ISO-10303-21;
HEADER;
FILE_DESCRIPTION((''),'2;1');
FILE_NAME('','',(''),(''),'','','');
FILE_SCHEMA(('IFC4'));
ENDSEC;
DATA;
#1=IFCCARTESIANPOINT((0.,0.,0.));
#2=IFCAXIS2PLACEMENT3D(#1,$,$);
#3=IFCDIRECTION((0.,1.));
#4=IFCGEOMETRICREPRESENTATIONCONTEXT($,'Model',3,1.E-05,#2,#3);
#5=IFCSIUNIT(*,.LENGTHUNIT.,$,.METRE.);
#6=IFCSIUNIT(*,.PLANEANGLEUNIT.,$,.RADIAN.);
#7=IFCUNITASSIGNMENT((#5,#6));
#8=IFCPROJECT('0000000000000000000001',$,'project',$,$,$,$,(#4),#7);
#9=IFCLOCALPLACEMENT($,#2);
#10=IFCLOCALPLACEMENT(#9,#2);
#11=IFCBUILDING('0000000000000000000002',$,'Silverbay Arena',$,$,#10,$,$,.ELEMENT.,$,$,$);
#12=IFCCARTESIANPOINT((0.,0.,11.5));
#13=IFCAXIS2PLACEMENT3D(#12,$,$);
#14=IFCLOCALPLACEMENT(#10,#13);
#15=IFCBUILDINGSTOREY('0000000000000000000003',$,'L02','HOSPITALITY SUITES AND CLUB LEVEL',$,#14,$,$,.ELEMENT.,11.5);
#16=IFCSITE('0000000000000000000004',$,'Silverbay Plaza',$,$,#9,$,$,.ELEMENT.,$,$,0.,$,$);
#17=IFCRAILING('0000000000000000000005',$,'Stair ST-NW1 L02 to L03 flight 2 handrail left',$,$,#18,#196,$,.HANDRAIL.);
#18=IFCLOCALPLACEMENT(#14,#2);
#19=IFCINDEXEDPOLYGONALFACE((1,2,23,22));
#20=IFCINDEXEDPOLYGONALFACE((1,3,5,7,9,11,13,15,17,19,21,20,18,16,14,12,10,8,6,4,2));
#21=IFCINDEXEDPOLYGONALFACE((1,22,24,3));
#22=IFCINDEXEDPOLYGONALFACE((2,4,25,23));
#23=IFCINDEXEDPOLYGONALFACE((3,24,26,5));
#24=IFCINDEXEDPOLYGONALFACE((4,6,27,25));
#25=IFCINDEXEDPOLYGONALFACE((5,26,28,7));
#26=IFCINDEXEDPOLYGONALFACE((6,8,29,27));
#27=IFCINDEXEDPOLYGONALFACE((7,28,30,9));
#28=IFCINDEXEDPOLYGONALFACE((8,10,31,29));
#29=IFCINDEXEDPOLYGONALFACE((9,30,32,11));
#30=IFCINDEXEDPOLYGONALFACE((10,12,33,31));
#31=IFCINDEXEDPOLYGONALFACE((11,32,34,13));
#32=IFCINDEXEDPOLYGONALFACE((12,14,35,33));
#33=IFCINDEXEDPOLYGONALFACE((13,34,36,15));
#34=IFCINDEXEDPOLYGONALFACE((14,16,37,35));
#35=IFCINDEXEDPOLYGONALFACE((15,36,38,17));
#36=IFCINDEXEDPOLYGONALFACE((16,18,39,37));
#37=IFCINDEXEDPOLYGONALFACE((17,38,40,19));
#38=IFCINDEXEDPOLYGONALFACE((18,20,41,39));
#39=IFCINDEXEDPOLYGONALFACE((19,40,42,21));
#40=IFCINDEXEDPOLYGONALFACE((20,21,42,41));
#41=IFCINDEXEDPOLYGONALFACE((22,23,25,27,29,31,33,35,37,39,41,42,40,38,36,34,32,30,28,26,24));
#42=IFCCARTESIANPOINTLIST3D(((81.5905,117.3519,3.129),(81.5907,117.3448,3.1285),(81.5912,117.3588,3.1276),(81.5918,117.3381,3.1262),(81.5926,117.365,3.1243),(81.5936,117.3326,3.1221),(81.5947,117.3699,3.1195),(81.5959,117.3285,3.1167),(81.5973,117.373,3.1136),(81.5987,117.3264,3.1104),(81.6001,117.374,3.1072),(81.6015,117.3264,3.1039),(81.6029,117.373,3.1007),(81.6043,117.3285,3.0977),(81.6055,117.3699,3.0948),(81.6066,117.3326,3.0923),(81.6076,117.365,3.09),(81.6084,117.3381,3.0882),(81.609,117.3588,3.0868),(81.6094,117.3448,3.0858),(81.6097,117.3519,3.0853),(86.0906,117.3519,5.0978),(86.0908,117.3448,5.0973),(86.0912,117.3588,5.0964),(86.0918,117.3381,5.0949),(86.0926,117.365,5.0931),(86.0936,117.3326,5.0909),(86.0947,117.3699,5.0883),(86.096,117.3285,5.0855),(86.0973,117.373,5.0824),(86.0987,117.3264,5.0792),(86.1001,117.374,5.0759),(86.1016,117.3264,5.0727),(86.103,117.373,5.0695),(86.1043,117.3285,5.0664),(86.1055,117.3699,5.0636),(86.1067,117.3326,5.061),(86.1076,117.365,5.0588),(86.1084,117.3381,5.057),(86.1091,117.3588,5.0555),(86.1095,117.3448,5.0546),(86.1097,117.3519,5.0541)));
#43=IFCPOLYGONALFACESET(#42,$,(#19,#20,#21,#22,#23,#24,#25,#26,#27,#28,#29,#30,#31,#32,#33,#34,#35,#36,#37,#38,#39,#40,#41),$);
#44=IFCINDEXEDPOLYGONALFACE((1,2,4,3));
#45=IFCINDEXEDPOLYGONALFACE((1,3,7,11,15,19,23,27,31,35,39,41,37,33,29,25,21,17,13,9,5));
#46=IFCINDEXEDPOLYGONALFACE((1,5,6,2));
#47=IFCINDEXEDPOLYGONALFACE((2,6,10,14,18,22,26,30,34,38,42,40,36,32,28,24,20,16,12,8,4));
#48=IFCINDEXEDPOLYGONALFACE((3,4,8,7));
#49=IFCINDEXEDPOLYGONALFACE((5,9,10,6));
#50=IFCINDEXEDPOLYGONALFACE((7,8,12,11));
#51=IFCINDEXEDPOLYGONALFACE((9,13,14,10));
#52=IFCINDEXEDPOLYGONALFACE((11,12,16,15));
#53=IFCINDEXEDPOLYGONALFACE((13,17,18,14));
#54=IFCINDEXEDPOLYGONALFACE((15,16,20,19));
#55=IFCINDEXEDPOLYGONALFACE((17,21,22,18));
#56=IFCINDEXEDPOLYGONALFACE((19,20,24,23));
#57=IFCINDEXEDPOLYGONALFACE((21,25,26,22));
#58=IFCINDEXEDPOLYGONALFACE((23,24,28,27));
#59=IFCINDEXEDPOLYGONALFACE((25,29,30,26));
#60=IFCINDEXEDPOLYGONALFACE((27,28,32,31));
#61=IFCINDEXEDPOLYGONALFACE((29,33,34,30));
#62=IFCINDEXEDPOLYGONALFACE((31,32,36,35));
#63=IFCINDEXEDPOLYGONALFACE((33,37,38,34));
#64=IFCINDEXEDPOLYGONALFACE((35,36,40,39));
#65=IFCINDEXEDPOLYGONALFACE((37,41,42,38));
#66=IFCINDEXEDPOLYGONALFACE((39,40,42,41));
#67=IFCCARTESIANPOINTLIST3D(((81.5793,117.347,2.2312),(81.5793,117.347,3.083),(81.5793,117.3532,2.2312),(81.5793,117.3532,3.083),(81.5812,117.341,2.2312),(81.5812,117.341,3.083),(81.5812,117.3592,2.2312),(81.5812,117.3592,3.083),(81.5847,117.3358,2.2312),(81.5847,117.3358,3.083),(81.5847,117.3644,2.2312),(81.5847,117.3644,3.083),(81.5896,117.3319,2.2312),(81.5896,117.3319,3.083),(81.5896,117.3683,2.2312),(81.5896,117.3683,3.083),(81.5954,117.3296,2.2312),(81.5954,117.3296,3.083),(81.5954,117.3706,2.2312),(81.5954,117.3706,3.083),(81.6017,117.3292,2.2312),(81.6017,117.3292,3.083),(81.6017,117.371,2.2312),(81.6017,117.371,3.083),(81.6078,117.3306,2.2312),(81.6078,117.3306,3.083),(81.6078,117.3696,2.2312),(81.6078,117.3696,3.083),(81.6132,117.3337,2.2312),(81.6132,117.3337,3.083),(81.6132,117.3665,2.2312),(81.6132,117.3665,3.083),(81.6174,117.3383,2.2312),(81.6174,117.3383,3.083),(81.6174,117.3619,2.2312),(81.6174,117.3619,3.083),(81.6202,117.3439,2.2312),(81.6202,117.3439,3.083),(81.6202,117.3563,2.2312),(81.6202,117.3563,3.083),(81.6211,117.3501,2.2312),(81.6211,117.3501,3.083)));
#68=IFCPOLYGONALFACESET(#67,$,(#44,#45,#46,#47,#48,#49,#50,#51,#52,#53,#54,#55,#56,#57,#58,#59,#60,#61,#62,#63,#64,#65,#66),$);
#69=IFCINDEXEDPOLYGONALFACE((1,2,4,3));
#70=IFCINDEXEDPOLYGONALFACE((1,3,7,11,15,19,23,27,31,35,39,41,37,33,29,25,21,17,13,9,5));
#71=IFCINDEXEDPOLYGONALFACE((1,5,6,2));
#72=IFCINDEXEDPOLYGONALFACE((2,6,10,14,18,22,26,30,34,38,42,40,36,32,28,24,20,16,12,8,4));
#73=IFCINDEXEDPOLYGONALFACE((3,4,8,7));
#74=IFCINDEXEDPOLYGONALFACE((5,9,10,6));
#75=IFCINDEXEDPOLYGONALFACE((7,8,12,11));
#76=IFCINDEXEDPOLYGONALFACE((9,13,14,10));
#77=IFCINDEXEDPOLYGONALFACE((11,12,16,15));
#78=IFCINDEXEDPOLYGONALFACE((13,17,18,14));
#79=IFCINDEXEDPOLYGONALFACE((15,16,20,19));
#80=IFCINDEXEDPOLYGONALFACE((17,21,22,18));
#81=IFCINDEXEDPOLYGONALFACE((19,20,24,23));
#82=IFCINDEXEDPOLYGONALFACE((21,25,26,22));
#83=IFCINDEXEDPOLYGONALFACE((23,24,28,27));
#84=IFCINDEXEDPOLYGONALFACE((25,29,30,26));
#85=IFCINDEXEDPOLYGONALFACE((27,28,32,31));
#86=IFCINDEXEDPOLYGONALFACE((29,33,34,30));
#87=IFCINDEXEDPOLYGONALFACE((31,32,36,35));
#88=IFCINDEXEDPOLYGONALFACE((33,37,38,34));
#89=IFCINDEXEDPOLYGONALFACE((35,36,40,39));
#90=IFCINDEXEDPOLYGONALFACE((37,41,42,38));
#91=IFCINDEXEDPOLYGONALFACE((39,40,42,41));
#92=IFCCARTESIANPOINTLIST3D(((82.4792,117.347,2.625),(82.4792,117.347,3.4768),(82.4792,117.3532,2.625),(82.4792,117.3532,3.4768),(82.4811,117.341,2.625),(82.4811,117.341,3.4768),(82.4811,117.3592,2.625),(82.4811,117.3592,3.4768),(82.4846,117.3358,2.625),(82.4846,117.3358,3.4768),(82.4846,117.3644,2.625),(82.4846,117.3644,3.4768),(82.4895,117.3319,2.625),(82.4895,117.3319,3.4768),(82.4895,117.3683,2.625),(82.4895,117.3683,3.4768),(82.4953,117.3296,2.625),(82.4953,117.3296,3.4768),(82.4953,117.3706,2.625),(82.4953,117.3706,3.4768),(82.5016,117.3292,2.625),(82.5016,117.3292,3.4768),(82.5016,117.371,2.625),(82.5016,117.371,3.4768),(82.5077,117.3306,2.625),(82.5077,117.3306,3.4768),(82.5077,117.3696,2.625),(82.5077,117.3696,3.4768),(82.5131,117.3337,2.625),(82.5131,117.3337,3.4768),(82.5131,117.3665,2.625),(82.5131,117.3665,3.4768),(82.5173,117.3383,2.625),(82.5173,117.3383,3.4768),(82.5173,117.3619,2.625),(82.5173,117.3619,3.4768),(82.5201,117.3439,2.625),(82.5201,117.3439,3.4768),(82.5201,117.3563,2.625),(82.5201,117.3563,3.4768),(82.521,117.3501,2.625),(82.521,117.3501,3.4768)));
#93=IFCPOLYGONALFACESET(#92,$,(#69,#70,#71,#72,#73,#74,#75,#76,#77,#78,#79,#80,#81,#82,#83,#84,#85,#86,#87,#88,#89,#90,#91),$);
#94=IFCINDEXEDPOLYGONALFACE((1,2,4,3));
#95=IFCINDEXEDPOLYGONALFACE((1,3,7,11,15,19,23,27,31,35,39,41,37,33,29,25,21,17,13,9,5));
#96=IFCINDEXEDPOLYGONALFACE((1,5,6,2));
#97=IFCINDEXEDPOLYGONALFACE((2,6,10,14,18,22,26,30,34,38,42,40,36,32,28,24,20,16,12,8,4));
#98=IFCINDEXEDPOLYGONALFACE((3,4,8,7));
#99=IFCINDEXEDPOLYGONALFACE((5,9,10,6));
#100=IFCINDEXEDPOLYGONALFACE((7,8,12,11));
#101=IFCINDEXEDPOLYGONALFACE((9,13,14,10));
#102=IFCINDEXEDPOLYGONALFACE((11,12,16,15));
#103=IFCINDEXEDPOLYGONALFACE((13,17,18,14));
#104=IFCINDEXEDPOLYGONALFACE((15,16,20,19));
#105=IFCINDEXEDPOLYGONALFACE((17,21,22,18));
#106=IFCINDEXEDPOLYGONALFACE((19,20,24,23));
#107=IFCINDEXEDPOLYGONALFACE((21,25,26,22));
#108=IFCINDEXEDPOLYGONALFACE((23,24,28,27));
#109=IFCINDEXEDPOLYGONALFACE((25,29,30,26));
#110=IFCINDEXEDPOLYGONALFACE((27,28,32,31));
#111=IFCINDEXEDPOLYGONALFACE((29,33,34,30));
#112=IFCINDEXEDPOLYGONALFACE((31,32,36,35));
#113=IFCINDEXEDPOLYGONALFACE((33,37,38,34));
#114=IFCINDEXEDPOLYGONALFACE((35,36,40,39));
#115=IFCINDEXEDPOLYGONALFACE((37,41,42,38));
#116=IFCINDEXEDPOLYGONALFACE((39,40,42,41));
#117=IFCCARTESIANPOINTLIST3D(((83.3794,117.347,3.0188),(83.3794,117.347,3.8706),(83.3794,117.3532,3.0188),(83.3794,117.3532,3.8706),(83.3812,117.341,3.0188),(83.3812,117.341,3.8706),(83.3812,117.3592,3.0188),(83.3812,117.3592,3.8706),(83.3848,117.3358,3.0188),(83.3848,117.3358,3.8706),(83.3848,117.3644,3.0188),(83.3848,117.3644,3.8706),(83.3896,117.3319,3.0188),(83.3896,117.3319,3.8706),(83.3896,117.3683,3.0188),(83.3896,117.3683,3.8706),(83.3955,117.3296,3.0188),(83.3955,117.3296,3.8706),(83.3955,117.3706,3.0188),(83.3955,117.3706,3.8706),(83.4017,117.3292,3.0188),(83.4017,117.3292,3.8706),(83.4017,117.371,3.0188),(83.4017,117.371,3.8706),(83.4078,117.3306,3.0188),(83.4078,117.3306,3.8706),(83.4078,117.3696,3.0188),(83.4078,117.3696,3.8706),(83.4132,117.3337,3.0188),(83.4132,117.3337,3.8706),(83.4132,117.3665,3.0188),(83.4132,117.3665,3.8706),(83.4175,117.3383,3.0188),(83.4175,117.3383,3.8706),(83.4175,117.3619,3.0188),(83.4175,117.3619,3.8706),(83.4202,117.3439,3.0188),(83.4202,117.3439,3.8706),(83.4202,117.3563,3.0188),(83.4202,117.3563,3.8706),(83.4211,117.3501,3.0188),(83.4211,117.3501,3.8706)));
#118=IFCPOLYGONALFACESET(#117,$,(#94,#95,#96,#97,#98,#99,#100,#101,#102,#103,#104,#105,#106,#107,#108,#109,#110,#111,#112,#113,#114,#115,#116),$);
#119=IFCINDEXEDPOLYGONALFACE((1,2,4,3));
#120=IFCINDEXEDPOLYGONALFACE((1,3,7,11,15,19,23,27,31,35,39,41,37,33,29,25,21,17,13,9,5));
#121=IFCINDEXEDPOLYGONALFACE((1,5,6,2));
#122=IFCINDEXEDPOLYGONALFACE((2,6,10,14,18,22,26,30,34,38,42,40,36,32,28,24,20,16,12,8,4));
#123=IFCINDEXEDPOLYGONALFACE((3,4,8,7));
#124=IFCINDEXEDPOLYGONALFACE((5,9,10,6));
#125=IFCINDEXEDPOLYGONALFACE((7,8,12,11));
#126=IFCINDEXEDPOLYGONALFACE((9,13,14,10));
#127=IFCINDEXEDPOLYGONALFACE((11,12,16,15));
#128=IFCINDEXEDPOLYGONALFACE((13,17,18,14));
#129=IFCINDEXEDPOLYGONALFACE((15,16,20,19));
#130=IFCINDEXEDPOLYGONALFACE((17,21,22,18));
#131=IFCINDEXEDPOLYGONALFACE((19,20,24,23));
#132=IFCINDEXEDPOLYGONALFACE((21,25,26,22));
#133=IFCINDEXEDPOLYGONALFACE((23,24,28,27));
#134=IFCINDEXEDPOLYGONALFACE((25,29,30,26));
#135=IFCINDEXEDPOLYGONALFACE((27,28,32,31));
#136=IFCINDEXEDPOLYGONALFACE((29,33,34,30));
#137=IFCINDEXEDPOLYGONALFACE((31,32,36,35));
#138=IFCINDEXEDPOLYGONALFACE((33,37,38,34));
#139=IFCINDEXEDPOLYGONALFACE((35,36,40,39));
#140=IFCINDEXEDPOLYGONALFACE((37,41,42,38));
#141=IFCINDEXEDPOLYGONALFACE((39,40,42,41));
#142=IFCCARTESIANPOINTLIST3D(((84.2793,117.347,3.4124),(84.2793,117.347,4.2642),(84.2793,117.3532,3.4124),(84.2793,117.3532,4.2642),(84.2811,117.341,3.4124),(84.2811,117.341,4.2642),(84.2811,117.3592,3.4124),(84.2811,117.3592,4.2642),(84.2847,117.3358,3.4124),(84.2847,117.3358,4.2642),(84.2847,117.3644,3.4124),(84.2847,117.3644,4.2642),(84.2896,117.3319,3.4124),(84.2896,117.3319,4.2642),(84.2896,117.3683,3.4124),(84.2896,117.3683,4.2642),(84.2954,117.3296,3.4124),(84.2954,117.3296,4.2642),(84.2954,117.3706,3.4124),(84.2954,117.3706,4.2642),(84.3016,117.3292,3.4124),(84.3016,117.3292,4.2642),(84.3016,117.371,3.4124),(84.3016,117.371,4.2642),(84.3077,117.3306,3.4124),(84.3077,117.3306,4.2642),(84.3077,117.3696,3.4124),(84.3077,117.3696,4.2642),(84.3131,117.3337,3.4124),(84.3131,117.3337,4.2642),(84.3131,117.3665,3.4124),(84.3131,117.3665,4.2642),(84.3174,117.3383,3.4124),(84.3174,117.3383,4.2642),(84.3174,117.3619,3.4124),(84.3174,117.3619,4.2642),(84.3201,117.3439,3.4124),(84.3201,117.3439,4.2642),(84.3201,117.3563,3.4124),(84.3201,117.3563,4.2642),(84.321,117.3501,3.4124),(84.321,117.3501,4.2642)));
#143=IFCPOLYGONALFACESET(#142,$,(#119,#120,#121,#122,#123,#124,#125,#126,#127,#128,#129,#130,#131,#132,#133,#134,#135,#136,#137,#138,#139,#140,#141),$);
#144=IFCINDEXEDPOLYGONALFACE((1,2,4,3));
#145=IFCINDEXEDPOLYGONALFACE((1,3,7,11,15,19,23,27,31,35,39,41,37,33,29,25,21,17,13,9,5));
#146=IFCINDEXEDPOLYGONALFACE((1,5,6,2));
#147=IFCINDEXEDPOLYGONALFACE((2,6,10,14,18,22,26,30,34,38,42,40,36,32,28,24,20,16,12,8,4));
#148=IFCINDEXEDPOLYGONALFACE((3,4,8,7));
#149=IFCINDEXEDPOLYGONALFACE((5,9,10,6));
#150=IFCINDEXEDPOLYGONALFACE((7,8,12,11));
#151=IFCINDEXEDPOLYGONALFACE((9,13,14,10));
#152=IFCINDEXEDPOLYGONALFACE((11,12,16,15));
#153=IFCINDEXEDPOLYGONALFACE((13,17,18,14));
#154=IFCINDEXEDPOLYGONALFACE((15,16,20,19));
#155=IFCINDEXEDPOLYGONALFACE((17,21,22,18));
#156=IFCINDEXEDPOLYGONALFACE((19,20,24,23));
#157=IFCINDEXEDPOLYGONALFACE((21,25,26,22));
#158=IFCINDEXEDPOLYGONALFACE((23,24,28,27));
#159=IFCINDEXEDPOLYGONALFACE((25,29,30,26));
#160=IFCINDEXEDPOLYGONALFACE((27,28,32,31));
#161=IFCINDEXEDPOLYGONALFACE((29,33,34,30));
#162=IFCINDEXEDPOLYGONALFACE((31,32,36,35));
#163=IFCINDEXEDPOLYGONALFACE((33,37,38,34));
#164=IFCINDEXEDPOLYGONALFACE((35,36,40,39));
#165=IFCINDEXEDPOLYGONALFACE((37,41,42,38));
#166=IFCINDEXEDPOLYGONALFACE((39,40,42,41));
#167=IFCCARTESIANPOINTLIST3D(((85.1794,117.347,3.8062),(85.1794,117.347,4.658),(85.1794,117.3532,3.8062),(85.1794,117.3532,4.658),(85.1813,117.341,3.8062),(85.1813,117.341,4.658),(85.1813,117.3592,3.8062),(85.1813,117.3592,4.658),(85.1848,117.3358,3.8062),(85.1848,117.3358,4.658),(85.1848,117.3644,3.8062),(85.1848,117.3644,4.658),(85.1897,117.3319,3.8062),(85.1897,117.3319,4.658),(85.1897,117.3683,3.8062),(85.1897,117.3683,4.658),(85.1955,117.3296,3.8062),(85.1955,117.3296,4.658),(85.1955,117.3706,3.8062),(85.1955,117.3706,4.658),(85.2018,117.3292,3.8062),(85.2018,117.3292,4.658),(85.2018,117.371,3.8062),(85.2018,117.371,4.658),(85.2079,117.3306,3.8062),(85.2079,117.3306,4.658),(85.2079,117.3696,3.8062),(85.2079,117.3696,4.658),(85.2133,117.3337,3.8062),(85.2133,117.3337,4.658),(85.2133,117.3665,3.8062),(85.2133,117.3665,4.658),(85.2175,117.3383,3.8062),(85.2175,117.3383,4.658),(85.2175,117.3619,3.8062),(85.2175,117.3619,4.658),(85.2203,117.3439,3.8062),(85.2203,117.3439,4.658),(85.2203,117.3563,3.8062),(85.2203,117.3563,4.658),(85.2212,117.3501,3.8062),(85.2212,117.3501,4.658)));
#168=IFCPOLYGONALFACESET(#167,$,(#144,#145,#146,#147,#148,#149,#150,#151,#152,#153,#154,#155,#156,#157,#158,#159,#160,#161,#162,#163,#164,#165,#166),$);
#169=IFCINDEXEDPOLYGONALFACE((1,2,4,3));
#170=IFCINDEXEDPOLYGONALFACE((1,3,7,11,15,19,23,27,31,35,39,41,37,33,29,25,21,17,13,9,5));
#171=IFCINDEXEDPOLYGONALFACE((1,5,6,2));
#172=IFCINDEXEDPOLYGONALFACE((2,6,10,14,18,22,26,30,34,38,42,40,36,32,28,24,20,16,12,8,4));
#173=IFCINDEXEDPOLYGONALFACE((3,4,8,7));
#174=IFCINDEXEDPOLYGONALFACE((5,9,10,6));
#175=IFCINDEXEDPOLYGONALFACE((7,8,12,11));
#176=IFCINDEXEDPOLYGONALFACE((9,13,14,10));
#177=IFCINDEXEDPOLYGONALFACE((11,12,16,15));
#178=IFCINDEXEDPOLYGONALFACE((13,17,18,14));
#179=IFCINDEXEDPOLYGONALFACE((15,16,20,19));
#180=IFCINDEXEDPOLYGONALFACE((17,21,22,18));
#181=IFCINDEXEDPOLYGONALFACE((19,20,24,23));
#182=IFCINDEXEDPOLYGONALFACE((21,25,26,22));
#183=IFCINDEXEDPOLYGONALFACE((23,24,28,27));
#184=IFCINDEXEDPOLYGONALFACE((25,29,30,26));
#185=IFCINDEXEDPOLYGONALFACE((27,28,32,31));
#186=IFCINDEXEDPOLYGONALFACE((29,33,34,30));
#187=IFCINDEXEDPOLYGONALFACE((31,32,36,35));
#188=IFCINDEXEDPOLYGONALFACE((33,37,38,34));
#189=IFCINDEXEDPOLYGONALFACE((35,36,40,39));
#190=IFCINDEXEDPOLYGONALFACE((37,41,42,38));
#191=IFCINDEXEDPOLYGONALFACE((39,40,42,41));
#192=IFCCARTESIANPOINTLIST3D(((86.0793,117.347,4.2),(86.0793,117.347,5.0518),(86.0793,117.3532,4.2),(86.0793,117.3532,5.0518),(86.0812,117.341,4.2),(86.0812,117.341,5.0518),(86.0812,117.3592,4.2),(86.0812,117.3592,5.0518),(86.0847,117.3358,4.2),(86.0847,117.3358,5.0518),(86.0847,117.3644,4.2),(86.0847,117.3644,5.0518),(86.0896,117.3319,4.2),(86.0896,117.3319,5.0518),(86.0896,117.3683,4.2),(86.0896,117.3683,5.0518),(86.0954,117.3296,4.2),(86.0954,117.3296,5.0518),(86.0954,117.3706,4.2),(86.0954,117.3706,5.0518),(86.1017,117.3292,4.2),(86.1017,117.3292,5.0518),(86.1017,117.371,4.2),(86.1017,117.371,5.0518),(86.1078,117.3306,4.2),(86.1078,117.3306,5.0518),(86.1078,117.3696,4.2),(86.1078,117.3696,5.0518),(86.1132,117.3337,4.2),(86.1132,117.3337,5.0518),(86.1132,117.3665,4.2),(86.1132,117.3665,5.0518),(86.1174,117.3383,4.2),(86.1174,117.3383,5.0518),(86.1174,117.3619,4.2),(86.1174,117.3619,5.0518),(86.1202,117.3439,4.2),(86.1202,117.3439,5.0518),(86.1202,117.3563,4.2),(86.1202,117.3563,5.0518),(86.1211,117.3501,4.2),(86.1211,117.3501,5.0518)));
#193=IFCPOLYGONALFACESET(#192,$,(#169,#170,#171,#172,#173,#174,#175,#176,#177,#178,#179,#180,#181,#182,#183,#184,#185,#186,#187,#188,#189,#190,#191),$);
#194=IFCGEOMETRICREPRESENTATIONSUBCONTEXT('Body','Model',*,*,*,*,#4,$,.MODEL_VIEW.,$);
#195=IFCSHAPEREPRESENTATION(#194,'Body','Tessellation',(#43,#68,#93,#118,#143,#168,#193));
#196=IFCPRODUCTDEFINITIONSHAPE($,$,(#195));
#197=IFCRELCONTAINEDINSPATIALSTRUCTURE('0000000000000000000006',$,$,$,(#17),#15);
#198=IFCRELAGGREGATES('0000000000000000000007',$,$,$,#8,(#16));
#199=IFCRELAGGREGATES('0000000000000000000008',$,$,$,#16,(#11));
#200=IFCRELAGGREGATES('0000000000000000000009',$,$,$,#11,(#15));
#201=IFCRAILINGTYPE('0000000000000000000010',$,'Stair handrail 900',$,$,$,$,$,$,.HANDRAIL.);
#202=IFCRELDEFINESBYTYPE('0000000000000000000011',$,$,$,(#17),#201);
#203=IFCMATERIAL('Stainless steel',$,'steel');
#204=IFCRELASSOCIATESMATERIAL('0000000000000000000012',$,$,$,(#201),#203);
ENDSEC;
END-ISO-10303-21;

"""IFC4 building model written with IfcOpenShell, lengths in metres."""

from ifc_helpers import new_model, si_unit, direction, frame, origin, origin_2d, place, context, subcontext, project, spatial, circle, extrude, material, type_object, element, save


model = new_model("IFC4")

# Units and contexts
model_context = context("Model", 3, precision=1e-05, world=origin(), true_north=direction((0.0, 1.0)))
body_context = subcontext(model_context, "Body", "Model", "MODEL_VIEW")
ifc_project = project(units=[si_unit("LENGTHUNIT", "METRE"), si_unit("PLANEANGLEUNIT", "RADIAN")], contexts=[model_context])

# Site, building, storey
site_placement = place(None, origin())
site = spatial("IfcSite", under=ifc_project, at=site_placement, Name="Silverbay Plaza", CompositionType="ELEMENT", RefElevation=0.0)
building_placement = place(site_placement, origin())
building = spatial("IfcBuilding", under=site, at=building_placement, Name="Silverbay Arena", CompositionType="ELEMENT")
storey_placement = place(building_placement, frame((0.0, 0.0, 11.5)))
storey = spatial("IfcBuildingStorey", under=building, at=storey_placement, Name="L02", Description="HOSPITALITY SUITES AND CLUB LEVEL", CompositionType="ELEMENT", Elevation=11.5)

# Railing
ifc_material_1 = material(Name="Stainless steel", Category="steel")
railing_type_1 = type_object("IfcRailingType", Name="Stair handrail 900", PredefinedType="HANDRAIL", material=ifc_material_1)
for number, where, name in (
    (1, (81.6001, 117.3501, 2.2312), "Stair ST-NW1 L02 to L03 flight 2 handrail left"),
):
    element("IfcRailing", number, at=place(storey_placement, frame(where)), inside=storey, type_object=railing_type_1, Name=name, PredefinedType="HANDRAIL", context=body_context, shape_type="SweptSolid", body=[
        extrude(circle(Radius=0.0239, at=origin_2d()), frame((0.0, 0.0, 0.876), z_axis=(0.916157, 0.0, 0.400819), x_axis=(0.0, 1.0, 0.0)), (0.0, 0.0, 1.0), 4.9119),
        extrude(circle(Radius=0.021, at=origin_2d()), origin(), (0.0, 0.0, 1.0), 0.8518),
        extrude(circle(Radius=0.021, at=origin_2d()), frame((0.8999, 0.0, 0.3938)), (0.0, 0.0, 1.0), 0.8518),
        extrude(circle(Radius=0.021, at=origin_2d()), frame((1.8, 0.0, 0.7876)), (0.0, 0.0, 1.0), 0.8518),
        extrude(circle(Radius=0.021, at=origin_2d()), frame((2.7, 0.0, 1.1812)), (0.0, 0.0, 1.0), 0.8518),
        extrude(circle(Radius=0.021, at=origin_2d()), frame((3.6001, 0.0, 1.575)), (0.0, 0.0, 1.0), 0.8518),
        extrude(circle(Radius=0.021, at=origin_2d()), frame((4.5, 0.0, 1.9688)), (0.0, 0.0, 1.0), 0.8518),
    ])

save(model, "model.ifc")
